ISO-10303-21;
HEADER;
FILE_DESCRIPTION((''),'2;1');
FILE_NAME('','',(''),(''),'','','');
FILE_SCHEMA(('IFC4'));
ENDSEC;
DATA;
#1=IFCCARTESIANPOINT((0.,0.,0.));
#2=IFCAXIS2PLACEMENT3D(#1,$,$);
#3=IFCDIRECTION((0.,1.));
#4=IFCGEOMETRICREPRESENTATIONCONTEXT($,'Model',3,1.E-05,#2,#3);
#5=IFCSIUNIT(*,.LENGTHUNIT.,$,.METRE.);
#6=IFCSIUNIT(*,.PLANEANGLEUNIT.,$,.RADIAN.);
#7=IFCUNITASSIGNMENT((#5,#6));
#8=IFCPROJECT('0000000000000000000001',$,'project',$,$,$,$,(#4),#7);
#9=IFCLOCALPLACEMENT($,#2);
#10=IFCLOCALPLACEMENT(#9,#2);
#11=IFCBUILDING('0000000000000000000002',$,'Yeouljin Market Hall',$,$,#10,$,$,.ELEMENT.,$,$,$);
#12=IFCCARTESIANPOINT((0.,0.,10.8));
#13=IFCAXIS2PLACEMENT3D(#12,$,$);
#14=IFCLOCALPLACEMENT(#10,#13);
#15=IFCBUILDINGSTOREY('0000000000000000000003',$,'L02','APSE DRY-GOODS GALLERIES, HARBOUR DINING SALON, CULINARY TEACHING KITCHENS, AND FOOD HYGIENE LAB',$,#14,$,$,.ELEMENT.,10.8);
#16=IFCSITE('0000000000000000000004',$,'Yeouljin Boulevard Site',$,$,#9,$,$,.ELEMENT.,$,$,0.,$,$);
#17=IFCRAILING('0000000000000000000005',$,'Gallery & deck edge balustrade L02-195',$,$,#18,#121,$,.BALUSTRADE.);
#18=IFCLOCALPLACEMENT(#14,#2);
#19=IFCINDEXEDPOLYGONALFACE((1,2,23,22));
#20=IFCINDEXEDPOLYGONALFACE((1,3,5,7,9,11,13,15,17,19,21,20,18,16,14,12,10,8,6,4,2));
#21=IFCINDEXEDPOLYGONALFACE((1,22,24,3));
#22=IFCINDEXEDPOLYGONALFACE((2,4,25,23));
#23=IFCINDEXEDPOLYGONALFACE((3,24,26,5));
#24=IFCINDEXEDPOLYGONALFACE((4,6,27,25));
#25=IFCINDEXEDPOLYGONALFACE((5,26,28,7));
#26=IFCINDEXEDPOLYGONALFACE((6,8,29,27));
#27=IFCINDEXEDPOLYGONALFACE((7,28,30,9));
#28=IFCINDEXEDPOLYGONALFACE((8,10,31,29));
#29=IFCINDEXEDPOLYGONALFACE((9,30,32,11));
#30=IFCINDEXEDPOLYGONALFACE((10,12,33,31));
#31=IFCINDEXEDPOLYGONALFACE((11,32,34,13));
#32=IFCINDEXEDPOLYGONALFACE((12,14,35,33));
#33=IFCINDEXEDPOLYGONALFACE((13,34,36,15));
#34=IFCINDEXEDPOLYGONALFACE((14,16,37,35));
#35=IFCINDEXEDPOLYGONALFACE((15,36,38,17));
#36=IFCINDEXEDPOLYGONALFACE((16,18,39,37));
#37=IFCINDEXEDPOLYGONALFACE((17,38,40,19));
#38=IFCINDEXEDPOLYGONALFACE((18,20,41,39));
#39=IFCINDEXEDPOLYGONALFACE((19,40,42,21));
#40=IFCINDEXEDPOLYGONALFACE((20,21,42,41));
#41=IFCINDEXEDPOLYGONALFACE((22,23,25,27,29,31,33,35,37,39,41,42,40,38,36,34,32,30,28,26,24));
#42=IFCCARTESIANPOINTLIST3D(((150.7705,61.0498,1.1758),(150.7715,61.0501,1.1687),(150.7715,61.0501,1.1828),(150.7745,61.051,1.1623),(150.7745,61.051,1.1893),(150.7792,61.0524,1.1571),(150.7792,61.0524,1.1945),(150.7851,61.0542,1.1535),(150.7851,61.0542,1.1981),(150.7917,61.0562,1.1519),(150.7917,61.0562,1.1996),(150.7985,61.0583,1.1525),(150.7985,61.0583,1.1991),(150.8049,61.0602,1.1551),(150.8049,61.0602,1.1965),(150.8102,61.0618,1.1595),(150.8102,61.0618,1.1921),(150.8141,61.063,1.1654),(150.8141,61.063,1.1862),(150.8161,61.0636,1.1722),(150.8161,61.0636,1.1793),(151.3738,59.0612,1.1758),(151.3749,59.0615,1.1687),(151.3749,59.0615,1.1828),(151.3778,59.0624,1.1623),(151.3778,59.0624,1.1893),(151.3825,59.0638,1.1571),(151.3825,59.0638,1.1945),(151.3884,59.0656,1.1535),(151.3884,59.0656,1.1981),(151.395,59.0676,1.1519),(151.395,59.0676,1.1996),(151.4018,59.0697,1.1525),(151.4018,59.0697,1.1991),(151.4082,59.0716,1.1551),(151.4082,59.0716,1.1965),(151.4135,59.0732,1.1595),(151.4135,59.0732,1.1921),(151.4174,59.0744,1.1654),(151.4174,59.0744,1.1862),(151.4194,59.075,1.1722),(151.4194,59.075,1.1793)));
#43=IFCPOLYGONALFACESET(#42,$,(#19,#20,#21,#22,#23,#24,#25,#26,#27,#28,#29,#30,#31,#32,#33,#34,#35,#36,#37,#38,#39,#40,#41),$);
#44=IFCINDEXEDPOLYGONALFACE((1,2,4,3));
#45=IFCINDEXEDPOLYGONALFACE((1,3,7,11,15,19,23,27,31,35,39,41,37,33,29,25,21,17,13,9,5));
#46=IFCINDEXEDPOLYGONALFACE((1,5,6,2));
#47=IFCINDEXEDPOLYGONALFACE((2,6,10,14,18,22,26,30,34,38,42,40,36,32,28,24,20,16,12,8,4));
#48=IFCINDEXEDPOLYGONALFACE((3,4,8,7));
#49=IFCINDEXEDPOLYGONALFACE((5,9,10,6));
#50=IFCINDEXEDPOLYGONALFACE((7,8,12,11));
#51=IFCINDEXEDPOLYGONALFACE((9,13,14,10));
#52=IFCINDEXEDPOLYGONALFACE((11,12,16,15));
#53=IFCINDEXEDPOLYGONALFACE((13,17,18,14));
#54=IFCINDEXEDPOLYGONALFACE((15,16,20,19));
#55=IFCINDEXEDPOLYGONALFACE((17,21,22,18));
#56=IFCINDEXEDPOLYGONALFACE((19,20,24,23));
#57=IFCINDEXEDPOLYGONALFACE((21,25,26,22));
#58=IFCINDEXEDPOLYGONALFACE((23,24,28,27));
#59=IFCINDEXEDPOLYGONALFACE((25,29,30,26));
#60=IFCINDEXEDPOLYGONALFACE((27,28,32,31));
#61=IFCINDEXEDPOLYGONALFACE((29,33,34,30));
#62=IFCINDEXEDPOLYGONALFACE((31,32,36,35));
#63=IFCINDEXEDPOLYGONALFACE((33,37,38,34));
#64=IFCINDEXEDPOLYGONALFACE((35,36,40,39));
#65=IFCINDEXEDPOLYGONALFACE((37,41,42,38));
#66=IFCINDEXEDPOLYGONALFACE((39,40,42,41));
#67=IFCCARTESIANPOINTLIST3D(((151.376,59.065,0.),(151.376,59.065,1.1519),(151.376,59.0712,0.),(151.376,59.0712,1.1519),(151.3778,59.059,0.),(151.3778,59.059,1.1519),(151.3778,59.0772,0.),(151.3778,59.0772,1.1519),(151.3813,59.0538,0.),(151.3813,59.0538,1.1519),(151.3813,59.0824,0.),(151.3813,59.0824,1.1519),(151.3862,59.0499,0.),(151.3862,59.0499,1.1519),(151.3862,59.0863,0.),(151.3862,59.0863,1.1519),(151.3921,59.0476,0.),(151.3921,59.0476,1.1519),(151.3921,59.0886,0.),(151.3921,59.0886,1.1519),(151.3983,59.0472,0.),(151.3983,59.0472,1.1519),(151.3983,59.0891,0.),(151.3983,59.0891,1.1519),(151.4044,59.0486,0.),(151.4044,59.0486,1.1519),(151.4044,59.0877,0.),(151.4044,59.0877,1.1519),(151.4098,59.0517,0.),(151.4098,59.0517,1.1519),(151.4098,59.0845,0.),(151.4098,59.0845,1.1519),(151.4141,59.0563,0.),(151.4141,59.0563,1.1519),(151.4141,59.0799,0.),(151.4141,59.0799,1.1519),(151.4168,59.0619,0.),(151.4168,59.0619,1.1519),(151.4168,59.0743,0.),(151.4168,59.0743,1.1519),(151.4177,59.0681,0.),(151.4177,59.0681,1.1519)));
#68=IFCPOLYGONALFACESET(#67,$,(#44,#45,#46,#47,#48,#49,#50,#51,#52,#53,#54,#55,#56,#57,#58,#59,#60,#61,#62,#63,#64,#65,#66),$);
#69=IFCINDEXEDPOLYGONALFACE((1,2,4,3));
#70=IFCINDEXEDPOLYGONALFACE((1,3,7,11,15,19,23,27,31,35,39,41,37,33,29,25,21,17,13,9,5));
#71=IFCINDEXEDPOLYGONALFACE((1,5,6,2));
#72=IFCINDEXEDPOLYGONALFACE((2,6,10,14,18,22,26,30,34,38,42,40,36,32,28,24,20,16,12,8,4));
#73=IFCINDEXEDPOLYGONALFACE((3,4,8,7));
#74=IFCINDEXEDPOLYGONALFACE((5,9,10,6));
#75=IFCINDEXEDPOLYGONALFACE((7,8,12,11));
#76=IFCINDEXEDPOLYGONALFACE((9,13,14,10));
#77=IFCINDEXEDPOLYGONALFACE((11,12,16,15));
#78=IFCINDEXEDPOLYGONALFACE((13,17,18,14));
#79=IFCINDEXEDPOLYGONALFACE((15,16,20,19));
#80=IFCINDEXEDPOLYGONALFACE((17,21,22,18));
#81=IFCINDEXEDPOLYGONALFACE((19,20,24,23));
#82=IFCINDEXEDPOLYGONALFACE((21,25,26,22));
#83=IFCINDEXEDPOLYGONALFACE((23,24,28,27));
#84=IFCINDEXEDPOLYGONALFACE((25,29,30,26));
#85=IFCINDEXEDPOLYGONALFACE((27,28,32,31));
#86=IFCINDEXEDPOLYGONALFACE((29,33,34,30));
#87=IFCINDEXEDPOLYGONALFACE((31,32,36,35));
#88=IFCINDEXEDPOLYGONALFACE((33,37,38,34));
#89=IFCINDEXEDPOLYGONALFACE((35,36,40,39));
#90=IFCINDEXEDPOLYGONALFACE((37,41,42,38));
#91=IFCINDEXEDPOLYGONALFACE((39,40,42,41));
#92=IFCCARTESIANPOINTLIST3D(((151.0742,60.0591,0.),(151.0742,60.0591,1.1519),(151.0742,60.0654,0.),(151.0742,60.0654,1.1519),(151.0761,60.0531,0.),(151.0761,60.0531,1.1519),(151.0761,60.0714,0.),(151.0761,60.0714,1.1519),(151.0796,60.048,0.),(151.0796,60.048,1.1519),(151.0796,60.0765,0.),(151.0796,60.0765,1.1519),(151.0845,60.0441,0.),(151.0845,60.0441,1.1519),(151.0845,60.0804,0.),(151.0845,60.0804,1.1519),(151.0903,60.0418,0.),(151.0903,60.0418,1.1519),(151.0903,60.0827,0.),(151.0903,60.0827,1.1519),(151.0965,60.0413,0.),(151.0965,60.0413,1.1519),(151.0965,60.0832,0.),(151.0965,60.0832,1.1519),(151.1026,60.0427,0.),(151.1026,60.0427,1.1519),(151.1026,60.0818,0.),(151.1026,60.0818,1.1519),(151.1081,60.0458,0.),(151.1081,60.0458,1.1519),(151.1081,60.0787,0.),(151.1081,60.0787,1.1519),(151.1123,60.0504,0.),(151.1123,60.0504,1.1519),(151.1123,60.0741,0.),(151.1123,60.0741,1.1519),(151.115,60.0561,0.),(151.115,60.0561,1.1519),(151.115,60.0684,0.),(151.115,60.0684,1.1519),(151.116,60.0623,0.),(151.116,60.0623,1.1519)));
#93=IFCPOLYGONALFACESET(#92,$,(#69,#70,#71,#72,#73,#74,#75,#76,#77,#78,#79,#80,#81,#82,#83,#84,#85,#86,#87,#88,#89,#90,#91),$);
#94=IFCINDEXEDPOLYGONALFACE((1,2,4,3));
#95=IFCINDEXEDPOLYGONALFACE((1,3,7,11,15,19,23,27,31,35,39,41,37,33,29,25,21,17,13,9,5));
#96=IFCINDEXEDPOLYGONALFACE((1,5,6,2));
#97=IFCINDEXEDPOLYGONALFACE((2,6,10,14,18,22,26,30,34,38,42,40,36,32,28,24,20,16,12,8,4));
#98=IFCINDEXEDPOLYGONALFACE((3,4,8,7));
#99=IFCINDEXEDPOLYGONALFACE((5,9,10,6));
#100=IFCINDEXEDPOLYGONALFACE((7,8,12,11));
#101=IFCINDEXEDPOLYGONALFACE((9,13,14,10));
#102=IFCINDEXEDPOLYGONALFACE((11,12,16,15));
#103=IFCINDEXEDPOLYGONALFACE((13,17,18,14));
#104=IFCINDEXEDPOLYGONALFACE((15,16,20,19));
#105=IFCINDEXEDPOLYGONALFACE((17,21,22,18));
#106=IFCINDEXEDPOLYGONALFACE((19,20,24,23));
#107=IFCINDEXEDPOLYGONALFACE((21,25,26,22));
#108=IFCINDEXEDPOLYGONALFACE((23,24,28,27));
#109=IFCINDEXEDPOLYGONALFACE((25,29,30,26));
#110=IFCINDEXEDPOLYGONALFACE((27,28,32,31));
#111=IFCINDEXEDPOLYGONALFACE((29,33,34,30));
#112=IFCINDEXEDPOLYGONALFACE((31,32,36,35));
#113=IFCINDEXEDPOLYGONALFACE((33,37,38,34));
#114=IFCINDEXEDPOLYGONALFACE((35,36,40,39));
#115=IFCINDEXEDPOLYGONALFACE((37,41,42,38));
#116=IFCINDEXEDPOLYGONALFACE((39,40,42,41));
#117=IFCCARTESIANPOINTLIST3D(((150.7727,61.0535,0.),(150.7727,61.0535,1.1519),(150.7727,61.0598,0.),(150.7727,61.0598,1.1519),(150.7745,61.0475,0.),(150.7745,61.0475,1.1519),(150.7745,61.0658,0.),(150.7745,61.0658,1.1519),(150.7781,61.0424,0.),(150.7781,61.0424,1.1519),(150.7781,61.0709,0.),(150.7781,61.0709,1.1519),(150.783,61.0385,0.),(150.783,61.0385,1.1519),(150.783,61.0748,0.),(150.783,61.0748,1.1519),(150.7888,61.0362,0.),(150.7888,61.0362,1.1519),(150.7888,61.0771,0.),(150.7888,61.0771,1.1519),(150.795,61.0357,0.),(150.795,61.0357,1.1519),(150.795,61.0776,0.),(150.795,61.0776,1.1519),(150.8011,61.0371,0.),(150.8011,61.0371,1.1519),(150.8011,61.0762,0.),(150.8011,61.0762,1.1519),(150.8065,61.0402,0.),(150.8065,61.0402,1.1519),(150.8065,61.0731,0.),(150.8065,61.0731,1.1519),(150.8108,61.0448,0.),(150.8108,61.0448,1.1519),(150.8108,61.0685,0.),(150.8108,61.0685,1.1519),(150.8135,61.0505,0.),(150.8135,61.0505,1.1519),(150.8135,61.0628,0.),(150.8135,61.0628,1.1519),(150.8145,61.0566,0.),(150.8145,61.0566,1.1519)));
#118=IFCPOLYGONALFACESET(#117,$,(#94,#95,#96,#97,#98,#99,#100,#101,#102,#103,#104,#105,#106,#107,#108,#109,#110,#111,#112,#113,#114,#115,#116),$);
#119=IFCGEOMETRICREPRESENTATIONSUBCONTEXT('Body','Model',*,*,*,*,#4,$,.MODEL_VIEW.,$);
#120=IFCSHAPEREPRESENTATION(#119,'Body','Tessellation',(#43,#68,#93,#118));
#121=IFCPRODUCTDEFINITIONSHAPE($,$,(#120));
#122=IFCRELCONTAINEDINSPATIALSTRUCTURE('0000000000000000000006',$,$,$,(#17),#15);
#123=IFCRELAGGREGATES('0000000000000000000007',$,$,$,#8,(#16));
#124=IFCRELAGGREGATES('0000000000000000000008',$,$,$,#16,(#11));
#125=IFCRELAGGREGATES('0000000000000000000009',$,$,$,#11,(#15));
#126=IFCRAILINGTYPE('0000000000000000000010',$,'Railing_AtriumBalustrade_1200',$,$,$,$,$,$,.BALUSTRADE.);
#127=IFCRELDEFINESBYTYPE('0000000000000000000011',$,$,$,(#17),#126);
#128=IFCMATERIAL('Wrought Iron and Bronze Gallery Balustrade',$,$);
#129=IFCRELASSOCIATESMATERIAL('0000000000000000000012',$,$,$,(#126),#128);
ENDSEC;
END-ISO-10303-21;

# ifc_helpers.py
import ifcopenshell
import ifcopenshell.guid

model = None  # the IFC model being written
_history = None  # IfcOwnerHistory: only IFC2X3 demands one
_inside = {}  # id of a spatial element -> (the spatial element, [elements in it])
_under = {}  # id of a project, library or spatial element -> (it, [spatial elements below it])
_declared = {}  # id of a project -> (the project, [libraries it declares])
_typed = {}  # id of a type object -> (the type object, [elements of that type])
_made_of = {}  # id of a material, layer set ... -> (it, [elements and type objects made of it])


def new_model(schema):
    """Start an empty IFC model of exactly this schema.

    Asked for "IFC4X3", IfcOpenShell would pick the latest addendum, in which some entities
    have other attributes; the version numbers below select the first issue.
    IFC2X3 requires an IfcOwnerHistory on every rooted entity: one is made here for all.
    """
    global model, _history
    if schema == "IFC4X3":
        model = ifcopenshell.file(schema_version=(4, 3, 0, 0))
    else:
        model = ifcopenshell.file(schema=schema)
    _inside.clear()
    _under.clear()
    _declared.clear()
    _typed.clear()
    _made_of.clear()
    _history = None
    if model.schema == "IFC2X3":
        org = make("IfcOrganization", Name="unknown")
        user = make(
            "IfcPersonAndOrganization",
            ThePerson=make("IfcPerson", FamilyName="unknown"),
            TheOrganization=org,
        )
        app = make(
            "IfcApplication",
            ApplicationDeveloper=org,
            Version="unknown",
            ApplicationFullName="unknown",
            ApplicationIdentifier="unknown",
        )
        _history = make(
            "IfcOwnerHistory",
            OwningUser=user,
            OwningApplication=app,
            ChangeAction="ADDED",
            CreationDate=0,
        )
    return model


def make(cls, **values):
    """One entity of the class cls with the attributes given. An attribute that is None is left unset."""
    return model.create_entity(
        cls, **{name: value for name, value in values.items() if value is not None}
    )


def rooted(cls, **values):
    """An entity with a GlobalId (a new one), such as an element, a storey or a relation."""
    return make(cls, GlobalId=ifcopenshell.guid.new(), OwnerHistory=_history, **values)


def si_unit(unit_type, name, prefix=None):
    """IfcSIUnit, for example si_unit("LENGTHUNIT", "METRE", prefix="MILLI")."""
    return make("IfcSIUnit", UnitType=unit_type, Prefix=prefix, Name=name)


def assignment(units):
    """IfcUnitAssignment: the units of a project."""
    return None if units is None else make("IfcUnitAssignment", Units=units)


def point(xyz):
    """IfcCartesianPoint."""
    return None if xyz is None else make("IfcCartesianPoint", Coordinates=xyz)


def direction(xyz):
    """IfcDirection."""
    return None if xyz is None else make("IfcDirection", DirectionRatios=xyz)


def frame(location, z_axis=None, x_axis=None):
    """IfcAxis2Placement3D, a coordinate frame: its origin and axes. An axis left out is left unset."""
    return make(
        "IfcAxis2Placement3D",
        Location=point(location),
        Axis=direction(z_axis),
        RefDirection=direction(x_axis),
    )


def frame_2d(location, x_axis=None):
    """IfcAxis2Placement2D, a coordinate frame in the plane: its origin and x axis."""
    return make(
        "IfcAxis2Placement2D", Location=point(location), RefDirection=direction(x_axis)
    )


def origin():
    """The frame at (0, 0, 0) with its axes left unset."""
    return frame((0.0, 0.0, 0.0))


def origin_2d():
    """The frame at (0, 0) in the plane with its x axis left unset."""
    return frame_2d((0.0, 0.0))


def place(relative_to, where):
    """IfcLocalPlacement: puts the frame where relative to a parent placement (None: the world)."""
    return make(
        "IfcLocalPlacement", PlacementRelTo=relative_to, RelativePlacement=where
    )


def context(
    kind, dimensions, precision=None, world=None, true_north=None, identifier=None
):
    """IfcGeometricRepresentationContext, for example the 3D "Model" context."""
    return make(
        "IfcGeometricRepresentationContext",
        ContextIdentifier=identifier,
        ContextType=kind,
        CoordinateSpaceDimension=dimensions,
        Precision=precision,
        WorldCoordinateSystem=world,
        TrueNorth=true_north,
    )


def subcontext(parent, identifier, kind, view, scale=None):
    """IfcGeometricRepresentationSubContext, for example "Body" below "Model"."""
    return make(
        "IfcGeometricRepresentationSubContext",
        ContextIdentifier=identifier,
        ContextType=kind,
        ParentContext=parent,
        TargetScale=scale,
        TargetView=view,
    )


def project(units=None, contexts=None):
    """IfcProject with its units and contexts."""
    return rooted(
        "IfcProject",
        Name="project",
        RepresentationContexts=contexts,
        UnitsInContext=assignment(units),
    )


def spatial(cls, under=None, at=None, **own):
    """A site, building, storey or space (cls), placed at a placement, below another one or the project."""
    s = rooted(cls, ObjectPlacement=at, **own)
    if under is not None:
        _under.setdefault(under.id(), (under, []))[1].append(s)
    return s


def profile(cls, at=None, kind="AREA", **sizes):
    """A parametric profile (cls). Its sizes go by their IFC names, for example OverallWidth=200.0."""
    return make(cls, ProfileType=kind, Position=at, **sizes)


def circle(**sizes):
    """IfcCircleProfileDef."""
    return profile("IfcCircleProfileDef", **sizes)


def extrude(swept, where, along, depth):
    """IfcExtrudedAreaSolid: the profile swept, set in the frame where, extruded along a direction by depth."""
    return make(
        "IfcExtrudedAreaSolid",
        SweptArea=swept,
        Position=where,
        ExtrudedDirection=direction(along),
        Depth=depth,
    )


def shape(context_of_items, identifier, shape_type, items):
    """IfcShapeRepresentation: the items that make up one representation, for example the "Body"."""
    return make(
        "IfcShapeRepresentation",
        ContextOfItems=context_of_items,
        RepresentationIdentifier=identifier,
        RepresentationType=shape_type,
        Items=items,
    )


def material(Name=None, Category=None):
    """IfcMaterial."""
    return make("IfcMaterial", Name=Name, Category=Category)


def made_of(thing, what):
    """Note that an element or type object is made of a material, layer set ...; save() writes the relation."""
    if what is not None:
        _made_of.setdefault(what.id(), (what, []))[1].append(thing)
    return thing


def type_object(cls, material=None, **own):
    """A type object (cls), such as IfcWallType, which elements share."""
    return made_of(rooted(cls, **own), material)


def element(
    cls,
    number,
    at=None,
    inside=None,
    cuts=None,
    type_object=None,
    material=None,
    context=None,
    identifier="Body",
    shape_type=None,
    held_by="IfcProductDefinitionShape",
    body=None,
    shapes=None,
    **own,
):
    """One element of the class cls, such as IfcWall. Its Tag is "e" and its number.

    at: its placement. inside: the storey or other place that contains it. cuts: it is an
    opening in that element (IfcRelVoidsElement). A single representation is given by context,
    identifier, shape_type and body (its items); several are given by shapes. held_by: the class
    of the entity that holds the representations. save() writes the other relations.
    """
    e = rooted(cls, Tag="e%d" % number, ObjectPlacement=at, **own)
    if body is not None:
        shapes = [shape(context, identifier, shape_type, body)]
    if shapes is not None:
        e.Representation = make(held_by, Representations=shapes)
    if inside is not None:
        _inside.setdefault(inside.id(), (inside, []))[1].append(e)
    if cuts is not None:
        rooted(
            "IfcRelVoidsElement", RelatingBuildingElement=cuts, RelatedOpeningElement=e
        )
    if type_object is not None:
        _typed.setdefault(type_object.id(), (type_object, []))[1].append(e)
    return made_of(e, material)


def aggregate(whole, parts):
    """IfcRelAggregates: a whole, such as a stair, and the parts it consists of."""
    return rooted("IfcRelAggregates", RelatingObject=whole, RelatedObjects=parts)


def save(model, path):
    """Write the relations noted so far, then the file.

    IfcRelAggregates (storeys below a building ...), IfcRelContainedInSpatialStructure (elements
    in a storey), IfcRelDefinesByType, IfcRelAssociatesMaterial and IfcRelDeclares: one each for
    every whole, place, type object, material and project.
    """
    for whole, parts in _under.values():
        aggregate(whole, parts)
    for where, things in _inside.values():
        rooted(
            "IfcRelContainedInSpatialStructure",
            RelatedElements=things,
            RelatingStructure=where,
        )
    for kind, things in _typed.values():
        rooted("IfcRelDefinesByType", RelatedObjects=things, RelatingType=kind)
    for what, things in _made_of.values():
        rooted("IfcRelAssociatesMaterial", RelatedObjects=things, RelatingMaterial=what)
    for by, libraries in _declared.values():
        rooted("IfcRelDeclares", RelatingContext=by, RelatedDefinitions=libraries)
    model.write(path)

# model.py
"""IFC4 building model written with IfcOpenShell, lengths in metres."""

from ifc_helpers import new_model, si_unit, direction, frame, origin, origin_2d, place, context, subcontext, project, spatial, circle, extrude, material, type_object, element, save


model = new_model("IFC4")

# Units and contexts
model_context = context("Model", 3, precision=1e-05, world=origin(), true_north=direction((0.0, 1.0)))
body_context = subcontext(model_context, "Body", "Model", "MODEL_VIEW")
ifc_project = project(units=[si_unit("LENGTHUNIT", "METRE"), si_unit("PLANEANGLEUNIT", "RADIAN")], contexts=[model_context])

# Site, building, storey
site_placement = place(None, origin())
site = spatial("IfcSite", under=ifc_project, at=site_placement, Name="Yeouljin Boulevard Site", CompositionType="ELEMENT", RefElevation=0.0)
building_placement = place(site_placement, origin())
building = spatial("IfcBuilding", under=site, at=building_placement, Name="Yeouljin Market Hall", CompositionType="ELEMENT")
storey_placement = place(building_placement, frame((0.0, 0.0, 10.8)))
storey = spatial("IfcBuildingStorey", under=building, at=storey_placement, Name="L02", Description="APSE DRY-GOODS GALLERIES, HARBOUR DINING SALON, CULINARY TEACHING KITCHENS, AND FOOD HYGIENE LAB", CompositionType="ELEMENT", Elevation=10.8)

# Railing
ifc_material_1 = material(Name="Wrought Iron and Bronze Gallery Balustrade")
railing_type = type_object("IfcRailingType", Name="Railing_AtriumBalustrade_1200", PredefinedType="BALUSTRADE", material=ifc_material_1)
railing_1_placement = place(storey_placement, frame((151.3967, 59.0681, 0.0)))
element("IfcRailing", 1, at=railing_1_placement, inside=storey, type_object=railing_type, Name="Gallery & deck edge balustrade L02-195", PredefinedType="BALUSTRADE", context=body_context, shape_type="SweptSolid", body=[
    extrude(circle(Radius=0.0239, at=origin_2d()), frame((0.0, 0.0, 1.1758), z_axis=(-0.290311, 0.956932, 0.0), x_axis=(-0.956932, -0.290311, 0.0)), (0.0, 0.0, 1.0), 2.0781),
    extrude(circle(Radius=0.021, at=origin_2d()), origin(), (0.0, 0.0, 1.0), 1.1519),
    extrude(circle(Radius=0.021, at=origin_2d()), frame((-0.3018, 0.9941, 0.0)), (0.0, 0.0, 1.0), 1.1519),
    extrude(circle(Radius=0.021, at=origin_2d()), frame((-0.6033, 1.9885, 0.0)), (0.0, 0.0, 1.0), 1.1519),
])

save(model, "model.ifc")
